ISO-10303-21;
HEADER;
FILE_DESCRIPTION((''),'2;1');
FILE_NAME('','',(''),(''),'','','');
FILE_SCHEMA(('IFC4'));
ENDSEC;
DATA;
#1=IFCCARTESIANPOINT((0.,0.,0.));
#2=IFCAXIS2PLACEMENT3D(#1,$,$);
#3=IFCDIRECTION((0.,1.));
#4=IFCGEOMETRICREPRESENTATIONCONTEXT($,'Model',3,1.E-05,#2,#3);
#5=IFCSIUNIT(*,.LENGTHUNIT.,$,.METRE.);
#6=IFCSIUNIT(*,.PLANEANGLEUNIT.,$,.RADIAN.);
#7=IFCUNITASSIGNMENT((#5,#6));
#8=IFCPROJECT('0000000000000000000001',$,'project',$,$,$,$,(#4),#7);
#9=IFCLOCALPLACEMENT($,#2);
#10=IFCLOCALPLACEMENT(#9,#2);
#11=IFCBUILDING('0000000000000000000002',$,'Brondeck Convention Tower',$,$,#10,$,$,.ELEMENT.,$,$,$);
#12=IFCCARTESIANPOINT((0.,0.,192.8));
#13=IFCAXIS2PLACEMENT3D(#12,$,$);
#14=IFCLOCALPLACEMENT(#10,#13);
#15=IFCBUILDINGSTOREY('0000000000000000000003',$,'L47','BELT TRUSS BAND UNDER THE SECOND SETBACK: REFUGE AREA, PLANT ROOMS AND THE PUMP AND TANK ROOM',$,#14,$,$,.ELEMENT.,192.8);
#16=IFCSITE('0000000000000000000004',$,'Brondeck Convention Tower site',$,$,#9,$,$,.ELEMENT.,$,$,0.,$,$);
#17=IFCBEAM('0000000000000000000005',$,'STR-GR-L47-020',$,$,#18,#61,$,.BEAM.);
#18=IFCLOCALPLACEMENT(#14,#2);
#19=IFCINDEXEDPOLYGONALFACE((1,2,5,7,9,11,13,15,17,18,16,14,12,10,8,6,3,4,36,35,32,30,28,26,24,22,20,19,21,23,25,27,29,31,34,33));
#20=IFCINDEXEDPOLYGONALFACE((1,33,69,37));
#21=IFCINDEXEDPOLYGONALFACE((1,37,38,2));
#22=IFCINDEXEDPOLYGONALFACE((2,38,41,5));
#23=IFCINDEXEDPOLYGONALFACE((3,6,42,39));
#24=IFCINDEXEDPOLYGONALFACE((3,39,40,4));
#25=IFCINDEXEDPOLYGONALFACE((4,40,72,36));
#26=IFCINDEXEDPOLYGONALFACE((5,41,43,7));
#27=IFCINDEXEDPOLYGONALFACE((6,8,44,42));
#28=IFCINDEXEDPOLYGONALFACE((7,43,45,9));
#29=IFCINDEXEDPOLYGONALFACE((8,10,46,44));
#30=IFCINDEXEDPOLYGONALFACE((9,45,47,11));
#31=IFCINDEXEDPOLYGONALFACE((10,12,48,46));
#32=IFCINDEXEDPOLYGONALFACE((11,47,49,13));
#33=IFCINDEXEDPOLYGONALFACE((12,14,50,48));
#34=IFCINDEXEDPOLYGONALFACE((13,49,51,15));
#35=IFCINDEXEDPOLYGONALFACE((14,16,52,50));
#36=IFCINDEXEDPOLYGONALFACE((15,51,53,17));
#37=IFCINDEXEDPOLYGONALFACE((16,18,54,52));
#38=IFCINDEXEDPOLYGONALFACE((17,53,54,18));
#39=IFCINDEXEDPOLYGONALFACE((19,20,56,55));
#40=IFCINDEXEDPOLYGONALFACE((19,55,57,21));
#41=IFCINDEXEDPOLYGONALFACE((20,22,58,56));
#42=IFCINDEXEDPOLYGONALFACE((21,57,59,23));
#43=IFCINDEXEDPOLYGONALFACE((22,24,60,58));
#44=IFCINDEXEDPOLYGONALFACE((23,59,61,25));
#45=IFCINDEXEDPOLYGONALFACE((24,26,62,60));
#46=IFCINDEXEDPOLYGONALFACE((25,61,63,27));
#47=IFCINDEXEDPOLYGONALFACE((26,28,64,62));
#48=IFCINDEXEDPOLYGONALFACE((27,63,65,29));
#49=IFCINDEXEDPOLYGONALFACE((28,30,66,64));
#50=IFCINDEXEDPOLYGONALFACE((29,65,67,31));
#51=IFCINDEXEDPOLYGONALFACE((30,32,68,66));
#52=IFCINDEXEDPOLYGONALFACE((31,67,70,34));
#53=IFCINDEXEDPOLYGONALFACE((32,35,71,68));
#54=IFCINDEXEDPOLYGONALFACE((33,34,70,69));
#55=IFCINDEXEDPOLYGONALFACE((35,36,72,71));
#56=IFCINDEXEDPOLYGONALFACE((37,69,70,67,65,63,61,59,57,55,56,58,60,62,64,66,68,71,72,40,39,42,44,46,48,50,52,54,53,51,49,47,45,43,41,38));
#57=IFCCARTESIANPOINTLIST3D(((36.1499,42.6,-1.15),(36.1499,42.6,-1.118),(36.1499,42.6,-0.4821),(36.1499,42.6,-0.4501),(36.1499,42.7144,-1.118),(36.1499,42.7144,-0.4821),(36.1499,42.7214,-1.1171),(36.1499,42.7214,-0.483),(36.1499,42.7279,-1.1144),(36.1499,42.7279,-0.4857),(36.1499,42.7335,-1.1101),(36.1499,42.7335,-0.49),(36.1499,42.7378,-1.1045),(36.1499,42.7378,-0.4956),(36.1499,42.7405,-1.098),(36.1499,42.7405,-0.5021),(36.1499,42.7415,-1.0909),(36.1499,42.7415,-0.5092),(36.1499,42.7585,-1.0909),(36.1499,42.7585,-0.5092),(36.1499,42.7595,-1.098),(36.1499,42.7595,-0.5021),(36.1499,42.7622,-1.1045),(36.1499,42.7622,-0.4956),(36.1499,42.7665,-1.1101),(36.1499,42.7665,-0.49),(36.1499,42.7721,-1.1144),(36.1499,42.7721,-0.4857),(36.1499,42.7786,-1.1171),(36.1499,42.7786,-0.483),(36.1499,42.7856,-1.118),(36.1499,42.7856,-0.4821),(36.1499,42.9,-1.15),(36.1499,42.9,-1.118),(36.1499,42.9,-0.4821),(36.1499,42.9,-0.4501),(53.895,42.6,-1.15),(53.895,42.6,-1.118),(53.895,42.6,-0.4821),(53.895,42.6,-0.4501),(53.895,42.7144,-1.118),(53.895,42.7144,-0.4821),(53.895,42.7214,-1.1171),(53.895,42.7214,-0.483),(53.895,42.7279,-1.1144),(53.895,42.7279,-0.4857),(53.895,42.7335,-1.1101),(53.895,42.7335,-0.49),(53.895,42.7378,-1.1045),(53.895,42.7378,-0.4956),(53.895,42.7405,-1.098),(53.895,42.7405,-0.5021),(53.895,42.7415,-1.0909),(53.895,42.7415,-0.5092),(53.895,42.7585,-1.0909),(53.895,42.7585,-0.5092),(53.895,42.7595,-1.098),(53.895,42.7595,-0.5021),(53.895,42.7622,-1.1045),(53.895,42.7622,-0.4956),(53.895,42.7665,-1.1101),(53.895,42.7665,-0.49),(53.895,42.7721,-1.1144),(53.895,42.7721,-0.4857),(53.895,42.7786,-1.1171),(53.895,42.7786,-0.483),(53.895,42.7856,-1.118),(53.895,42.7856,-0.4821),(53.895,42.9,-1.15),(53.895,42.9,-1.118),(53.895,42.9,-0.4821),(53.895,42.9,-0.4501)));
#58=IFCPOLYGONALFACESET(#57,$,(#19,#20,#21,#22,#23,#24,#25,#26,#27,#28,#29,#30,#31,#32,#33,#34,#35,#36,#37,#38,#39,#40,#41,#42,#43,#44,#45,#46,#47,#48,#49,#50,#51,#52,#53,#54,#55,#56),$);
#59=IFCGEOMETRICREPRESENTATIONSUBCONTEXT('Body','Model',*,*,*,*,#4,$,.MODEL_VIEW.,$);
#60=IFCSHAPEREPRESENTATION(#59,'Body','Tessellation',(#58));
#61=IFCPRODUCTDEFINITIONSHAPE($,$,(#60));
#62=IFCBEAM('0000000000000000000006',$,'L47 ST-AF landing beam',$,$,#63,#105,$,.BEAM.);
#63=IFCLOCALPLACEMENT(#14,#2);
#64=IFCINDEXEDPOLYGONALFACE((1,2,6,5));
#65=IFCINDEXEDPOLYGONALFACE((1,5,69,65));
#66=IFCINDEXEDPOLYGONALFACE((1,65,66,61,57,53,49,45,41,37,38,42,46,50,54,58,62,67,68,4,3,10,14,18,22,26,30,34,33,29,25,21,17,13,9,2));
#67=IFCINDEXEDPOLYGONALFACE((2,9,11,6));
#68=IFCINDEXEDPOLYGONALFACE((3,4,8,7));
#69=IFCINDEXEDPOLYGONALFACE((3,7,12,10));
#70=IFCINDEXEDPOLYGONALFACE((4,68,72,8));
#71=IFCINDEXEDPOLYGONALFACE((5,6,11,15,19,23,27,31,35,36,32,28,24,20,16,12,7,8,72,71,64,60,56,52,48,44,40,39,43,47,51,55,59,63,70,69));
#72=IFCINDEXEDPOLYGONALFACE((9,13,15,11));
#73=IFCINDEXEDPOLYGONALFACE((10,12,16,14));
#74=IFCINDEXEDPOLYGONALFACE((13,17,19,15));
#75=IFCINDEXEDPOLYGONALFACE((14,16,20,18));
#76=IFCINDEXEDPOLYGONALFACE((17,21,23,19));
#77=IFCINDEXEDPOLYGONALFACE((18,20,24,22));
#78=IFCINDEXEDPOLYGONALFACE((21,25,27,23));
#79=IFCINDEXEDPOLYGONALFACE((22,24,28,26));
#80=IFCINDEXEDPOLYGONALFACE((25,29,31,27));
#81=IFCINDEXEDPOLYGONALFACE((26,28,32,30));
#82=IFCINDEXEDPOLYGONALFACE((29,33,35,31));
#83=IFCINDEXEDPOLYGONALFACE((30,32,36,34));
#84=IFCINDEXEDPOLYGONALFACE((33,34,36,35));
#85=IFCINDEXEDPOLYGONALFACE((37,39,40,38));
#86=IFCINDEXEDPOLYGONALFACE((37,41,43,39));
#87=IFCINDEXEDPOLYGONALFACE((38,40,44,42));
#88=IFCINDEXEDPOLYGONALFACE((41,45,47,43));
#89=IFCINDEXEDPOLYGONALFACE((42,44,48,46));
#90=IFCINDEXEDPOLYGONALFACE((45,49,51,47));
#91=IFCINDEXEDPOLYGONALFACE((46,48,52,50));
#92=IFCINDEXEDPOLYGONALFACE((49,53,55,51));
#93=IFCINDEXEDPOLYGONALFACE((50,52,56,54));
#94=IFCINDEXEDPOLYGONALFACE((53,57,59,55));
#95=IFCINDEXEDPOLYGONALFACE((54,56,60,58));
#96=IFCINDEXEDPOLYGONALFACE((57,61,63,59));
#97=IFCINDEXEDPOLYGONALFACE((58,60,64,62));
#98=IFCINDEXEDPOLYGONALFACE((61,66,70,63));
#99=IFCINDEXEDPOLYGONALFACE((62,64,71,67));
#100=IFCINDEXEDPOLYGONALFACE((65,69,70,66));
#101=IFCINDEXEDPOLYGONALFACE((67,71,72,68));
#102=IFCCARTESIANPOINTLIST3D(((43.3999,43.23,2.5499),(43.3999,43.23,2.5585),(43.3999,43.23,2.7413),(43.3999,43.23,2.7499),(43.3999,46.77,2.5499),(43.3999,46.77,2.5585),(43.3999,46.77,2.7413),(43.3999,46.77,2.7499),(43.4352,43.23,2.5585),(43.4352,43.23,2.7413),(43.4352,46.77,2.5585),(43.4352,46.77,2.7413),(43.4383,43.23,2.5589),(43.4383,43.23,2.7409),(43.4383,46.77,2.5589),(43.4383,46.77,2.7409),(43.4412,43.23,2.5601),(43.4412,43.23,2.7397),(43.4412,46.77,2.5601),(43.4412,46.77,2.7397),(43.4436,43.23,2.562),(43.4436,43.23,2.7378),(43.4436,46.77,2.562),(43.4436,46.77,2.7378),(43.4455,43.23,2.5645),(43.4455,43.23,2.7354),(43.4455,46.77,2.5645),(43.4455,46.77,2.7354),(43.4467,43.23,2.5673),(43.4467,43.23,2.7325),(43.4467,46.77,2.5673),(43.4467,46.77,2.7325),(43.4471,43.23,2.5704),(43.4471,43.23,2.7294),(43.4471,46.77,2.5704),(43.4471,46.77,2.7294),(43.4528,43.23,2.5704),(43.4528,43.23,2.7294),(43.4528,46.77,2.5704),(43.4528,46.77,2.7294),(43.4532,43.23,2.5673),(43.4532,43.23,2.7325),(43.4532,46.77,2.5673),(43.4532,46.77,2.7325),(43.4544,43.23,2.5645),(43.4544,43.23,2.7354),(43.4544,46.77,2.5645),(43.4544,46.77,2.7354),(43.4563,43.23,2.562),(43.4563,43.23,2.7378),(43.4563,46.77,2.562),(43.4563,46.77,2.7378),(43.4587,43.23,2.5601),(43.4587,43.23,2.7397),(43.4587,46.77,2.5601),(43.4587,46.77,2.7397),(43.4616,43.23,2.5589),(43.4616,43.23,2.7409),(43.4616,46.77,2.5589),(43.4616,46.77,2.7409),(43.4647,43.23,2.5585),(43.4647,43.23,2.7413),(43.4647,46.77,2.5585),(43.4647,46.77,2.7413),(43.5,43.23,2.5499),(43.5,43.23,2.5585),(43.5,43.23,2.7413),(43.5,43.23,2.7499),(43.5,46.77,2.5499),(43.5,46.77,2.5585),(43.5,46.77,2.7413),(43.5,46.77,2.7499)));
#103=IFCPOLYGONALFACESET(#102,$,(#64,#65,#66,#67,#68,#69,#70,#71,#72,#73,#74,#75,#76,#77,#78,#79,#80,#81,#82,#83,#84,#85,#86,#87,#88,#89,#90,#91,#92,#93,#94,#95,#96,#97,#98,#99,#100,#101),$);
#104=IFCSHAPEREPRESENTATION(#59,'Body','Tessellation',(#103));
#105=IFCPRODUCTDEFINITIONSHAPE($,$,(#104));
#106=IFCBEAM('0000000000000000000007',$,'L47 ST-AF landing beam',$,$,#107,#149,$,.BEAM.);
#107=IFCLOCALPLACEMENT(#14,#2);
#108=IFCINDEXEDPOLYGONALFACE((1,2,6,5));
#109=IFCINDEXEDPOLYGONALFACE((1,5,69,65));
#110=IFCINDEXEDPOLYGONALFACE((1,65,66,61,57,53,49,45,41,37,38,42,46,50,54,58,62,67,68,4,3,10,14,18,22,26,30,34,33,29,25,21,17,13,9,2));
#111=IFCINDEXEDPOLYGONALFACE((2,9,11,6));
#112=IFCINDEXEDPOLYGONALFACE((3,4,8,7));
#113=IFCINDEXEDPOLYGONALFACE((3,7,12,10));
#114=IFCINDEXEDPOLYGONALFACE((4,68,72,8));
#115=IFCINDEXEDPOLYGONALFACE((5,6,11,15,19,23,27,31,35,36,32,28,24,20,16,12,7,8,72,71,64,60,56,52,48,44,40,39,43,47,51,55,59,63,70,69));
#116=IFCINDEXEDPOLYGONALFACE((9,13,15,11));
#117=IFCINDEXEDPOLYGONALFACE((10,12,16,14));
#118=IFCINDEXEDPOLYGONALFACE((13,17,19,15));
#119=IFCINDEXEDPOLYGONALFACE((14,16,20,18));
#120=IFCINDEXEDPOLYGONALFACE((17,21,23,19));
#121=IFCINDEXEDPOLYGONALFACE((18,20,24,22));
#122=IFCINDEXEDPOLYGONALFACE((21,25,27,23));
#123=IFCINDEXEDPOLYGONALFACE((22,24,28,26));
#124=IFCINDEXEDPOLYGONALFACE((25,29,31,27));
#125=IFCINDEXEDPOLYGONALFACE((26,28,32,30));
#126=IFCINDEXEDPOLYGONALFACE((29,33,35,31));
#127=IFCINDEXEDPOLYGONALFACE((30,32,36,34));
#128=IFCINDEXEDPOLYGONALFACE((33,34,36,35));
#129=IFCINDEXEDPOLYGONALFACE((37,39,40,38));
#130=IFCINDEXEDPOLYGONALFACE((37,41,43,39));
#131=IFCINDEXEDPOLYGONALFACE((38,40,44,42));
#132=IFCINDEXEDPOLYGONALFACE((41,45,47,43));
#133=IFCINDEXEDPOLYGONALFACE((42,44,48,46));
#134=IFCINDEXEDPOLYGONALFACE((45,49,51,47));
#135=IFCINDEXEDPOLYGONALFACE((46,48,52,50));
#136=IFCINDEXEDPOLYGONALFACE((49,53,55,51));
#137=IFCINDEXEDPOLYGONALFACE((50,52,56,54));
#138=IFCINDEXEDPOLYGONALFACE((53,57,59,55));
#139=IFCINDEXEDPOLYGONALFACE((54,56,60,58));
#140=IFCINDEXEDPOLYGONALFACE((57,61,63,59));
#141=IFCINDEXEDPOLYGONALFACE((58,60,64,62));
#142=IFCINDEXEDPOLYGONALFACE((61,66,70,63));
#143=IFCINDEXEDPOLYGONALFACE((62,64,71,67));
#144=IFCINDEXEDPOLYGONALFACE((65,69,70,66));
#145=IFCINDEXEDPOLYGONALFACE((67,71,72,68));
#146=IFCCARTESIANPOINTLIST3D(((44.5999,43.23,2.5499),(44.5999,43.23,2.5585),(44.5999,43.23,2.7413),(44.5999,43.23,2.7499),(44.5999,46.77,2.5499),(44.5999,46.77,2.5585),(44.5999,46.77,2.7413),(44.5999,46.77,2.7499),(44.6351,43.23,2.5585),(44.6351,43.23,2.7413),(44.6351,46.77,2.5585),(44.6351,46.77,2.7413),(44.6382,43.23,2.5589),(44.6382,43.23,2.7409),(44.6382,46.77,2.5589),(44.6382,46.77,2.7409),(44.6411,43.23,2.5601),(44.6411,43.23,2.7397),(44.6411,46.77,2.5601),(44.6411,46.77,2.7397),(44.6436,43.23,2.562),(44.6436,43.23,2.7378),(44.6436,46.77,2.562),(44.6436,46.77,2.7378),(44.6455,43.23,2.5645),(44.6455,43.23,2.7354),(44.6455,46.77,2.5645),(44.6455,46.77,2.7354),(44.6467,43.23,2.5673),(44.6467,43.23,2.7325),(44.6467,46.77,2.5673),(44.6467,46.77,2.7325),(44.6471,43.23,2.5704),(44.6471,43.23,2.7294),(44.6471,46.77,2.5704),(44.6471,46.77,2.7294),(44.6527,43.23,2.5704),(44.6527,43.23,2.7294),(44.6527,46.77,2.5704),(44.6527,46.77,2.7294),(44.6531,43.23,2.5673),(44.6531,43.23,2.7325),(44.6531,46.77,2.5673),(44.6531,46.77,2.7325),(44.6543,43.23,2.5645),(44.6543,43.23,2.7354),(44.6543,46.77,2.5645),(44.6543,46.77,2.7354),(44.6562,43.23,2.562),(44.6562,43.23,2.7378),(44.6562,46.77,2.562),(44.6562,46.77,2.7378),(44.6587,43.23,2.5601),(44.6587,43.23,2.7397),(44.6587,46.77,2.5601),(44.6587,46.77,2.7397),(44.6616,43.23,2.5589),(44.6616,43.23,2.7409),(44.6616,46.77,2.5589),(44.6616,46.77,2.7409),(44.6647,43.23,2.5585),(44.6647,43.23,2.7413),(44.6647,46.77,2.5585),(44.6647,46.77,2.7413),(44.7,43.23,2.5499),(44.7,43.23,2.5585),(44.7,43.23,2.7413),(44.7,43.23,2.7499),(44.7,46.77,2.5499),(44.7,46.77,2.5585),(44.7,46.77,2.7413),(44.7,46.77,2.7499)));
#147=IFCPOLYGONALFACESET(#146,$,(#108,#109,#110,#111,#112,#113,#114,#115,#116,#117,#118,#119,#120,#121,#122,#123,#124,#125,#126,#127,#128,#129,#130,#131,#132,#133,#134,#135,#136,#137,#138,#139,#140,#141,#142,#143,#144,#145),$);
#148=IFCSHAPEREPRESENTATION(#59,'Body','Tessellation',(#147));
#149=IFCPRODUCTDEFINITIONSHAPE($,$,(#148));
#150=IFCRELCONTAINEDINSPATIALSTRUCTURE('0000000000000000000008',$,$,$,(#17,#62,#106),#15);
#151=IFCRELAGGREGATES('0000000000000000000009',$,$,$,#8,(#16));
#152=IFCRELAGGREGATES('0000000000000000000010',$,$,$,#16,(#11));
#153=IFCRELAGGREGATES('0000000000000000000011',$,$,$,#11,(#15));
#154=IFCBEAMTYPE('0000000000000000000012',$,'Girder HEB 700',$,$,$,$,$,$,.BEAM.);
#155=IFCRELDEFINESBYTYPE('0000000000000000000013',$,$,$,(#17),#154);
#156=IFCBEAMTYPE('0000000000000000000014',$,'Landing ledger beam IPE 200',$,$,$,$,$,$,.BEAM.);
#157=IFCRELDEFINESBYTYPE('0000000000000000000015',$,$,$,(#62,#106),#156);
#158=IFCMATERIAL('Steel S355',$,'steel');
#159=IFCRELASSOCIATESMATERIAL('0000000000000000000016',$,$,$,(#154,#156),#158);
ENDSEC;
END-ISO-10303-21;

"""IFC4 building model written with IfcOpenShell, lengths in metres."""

from ifc_helpers import new_model, si_unit, direction, frame, origin, origin_2d, place, context, subcontext, project, spatial, i_section, extrude, material, material_profile, profile_set, type_object, element, save


model = new_model("IFC4")

# Units and contexts
model_context = context("Model", 3, precision=1e-05, world=origin(), true_north=direction((0.0, 1.0)))
body_context = subcontext(model_context, "Body", "Model", "MODEL_VIEW")
ifc_project = project(units=[si_unit("LENGTHUNIT", "METRE"), si_unit("PLANEANGLEUNIT", "RADIAN")], contexts=[model_context])

# Site, building, storey
site_placement = place(None, origin())
site = spatial("IfcSite", under=ifc_project, at=site_placement, Name="Brondeck Convention Tower site", CompositionType="ELEMENT", RefElevation=0.0)
building_placement = place(site_placement, origin())
building = spatial("IfcBuilding", under=site, at=building_placement, Name="Brondeck Convention Tower", CompositionType="ELEMENT")
storey_placement = place(building_placement, frame((0.0, 0.0, 192.8)))
storey = spatial("IfcBuildingStorey", under=building, at=storey_placement, Name="L47", Description="BELT TRUSS BAND UNDER THE SECOND SETBACK: REFUGE AREA, PLANT ROOMS AND THE PUMP AND TANK ROOM", CompositionType="ELEMENT", Elevation=192.8)

# Beams
ifc_material_1 = material(Name="Steel S355", Category="steel")
ifc_material_profile_1 = material_profile(ifc_material_1, i_section(OverallWidth=0.3, OverallDepth=0.7, WebThickness=0.0171, FlangeThickness=0.032, FilletRadius=0.0271, at=origin_2d()), Name="HEB 700")
ifc_profile_set_1 = profile_set([ifc_material_profile_1], Name="Steel S355")
beam_type_1 = type_object("IfcBeamType", Name="Girder HEB 700", PredefinedType="BEAM", material=ifc_profile_set_1)
beam_1_placement = place(storey_placement, frame((36.1499, 42.75, -0.8), z_axis=(1.0, 0.0, 0.0), x_axis=(0.0, 1.0, 0.0)))
element("IfcBeam", 1, at=beam_1_placement, inside=storey, type_object=beam_type_1, Name="STR-GR-L47-020", PredefinedType="BEAM", context=body_context, shape_type="SweptSolid", body=[
    extrude(i_section(OverallWidth=0.3, OverallDepth=0.7, WebThickness=0.0171, FlangeThickness=0.032, FilletRadius=0.0271, at=origin_2d()), origin(), (0.0, 0.0, 1.0), 17.7451),
])
ifc_material_profile_2 = material_profile(ifc_material_1, i_section(OverallWidth=0.1001, OverallDepth=0.2, WebThickness=0.0056, FlangeThickness=0.0085, FilletRadius=0.012, at=origin_2d()), Name="IPE200")
ifc_profile_set_2 = profile_set([ifc_material_profile_2], Name="Steel S355")
beam_type_2 = type_object("IfcBeamType", Name="Landing ledger beam IPE 200", PredefinedType="BEAM", material=ifc_profile_set_2)
for number, where, z_axis, x_axis, name in (
    (2, (43.45, 43.23, 2.6499), (0.0, 1.0, 0.0), (-1.0, 0.0, 0.0), "L47 ST-AF landing beam"),
    (3, (44.6499, 43.23, 2.6499), (0.0, 1.0, 0.0), (-1.0, 0.0, 0.0), "L47 ST-AF landing beam"),
):
    element("IfcBeam", number, at=place(storey_placement, frame(where, z_axis=z_axis, x_axis=x_axis)), inside=storey, type_object=beam_type_2, Name=name, PredefinedType="BEAM", context=body_context, shape_type="SweptSolid", body=[
        extrude(i_section(OverallWidth=0.1001, OverallDepth=0.2, WebThickness=0.0056, FlangeThickness=0.0085, FilletRadius=0.012, at=origin_2d()), origin(), (0.0, 0.0, 1.0), 3.54),
    ])

save(model, "model.ifc")
